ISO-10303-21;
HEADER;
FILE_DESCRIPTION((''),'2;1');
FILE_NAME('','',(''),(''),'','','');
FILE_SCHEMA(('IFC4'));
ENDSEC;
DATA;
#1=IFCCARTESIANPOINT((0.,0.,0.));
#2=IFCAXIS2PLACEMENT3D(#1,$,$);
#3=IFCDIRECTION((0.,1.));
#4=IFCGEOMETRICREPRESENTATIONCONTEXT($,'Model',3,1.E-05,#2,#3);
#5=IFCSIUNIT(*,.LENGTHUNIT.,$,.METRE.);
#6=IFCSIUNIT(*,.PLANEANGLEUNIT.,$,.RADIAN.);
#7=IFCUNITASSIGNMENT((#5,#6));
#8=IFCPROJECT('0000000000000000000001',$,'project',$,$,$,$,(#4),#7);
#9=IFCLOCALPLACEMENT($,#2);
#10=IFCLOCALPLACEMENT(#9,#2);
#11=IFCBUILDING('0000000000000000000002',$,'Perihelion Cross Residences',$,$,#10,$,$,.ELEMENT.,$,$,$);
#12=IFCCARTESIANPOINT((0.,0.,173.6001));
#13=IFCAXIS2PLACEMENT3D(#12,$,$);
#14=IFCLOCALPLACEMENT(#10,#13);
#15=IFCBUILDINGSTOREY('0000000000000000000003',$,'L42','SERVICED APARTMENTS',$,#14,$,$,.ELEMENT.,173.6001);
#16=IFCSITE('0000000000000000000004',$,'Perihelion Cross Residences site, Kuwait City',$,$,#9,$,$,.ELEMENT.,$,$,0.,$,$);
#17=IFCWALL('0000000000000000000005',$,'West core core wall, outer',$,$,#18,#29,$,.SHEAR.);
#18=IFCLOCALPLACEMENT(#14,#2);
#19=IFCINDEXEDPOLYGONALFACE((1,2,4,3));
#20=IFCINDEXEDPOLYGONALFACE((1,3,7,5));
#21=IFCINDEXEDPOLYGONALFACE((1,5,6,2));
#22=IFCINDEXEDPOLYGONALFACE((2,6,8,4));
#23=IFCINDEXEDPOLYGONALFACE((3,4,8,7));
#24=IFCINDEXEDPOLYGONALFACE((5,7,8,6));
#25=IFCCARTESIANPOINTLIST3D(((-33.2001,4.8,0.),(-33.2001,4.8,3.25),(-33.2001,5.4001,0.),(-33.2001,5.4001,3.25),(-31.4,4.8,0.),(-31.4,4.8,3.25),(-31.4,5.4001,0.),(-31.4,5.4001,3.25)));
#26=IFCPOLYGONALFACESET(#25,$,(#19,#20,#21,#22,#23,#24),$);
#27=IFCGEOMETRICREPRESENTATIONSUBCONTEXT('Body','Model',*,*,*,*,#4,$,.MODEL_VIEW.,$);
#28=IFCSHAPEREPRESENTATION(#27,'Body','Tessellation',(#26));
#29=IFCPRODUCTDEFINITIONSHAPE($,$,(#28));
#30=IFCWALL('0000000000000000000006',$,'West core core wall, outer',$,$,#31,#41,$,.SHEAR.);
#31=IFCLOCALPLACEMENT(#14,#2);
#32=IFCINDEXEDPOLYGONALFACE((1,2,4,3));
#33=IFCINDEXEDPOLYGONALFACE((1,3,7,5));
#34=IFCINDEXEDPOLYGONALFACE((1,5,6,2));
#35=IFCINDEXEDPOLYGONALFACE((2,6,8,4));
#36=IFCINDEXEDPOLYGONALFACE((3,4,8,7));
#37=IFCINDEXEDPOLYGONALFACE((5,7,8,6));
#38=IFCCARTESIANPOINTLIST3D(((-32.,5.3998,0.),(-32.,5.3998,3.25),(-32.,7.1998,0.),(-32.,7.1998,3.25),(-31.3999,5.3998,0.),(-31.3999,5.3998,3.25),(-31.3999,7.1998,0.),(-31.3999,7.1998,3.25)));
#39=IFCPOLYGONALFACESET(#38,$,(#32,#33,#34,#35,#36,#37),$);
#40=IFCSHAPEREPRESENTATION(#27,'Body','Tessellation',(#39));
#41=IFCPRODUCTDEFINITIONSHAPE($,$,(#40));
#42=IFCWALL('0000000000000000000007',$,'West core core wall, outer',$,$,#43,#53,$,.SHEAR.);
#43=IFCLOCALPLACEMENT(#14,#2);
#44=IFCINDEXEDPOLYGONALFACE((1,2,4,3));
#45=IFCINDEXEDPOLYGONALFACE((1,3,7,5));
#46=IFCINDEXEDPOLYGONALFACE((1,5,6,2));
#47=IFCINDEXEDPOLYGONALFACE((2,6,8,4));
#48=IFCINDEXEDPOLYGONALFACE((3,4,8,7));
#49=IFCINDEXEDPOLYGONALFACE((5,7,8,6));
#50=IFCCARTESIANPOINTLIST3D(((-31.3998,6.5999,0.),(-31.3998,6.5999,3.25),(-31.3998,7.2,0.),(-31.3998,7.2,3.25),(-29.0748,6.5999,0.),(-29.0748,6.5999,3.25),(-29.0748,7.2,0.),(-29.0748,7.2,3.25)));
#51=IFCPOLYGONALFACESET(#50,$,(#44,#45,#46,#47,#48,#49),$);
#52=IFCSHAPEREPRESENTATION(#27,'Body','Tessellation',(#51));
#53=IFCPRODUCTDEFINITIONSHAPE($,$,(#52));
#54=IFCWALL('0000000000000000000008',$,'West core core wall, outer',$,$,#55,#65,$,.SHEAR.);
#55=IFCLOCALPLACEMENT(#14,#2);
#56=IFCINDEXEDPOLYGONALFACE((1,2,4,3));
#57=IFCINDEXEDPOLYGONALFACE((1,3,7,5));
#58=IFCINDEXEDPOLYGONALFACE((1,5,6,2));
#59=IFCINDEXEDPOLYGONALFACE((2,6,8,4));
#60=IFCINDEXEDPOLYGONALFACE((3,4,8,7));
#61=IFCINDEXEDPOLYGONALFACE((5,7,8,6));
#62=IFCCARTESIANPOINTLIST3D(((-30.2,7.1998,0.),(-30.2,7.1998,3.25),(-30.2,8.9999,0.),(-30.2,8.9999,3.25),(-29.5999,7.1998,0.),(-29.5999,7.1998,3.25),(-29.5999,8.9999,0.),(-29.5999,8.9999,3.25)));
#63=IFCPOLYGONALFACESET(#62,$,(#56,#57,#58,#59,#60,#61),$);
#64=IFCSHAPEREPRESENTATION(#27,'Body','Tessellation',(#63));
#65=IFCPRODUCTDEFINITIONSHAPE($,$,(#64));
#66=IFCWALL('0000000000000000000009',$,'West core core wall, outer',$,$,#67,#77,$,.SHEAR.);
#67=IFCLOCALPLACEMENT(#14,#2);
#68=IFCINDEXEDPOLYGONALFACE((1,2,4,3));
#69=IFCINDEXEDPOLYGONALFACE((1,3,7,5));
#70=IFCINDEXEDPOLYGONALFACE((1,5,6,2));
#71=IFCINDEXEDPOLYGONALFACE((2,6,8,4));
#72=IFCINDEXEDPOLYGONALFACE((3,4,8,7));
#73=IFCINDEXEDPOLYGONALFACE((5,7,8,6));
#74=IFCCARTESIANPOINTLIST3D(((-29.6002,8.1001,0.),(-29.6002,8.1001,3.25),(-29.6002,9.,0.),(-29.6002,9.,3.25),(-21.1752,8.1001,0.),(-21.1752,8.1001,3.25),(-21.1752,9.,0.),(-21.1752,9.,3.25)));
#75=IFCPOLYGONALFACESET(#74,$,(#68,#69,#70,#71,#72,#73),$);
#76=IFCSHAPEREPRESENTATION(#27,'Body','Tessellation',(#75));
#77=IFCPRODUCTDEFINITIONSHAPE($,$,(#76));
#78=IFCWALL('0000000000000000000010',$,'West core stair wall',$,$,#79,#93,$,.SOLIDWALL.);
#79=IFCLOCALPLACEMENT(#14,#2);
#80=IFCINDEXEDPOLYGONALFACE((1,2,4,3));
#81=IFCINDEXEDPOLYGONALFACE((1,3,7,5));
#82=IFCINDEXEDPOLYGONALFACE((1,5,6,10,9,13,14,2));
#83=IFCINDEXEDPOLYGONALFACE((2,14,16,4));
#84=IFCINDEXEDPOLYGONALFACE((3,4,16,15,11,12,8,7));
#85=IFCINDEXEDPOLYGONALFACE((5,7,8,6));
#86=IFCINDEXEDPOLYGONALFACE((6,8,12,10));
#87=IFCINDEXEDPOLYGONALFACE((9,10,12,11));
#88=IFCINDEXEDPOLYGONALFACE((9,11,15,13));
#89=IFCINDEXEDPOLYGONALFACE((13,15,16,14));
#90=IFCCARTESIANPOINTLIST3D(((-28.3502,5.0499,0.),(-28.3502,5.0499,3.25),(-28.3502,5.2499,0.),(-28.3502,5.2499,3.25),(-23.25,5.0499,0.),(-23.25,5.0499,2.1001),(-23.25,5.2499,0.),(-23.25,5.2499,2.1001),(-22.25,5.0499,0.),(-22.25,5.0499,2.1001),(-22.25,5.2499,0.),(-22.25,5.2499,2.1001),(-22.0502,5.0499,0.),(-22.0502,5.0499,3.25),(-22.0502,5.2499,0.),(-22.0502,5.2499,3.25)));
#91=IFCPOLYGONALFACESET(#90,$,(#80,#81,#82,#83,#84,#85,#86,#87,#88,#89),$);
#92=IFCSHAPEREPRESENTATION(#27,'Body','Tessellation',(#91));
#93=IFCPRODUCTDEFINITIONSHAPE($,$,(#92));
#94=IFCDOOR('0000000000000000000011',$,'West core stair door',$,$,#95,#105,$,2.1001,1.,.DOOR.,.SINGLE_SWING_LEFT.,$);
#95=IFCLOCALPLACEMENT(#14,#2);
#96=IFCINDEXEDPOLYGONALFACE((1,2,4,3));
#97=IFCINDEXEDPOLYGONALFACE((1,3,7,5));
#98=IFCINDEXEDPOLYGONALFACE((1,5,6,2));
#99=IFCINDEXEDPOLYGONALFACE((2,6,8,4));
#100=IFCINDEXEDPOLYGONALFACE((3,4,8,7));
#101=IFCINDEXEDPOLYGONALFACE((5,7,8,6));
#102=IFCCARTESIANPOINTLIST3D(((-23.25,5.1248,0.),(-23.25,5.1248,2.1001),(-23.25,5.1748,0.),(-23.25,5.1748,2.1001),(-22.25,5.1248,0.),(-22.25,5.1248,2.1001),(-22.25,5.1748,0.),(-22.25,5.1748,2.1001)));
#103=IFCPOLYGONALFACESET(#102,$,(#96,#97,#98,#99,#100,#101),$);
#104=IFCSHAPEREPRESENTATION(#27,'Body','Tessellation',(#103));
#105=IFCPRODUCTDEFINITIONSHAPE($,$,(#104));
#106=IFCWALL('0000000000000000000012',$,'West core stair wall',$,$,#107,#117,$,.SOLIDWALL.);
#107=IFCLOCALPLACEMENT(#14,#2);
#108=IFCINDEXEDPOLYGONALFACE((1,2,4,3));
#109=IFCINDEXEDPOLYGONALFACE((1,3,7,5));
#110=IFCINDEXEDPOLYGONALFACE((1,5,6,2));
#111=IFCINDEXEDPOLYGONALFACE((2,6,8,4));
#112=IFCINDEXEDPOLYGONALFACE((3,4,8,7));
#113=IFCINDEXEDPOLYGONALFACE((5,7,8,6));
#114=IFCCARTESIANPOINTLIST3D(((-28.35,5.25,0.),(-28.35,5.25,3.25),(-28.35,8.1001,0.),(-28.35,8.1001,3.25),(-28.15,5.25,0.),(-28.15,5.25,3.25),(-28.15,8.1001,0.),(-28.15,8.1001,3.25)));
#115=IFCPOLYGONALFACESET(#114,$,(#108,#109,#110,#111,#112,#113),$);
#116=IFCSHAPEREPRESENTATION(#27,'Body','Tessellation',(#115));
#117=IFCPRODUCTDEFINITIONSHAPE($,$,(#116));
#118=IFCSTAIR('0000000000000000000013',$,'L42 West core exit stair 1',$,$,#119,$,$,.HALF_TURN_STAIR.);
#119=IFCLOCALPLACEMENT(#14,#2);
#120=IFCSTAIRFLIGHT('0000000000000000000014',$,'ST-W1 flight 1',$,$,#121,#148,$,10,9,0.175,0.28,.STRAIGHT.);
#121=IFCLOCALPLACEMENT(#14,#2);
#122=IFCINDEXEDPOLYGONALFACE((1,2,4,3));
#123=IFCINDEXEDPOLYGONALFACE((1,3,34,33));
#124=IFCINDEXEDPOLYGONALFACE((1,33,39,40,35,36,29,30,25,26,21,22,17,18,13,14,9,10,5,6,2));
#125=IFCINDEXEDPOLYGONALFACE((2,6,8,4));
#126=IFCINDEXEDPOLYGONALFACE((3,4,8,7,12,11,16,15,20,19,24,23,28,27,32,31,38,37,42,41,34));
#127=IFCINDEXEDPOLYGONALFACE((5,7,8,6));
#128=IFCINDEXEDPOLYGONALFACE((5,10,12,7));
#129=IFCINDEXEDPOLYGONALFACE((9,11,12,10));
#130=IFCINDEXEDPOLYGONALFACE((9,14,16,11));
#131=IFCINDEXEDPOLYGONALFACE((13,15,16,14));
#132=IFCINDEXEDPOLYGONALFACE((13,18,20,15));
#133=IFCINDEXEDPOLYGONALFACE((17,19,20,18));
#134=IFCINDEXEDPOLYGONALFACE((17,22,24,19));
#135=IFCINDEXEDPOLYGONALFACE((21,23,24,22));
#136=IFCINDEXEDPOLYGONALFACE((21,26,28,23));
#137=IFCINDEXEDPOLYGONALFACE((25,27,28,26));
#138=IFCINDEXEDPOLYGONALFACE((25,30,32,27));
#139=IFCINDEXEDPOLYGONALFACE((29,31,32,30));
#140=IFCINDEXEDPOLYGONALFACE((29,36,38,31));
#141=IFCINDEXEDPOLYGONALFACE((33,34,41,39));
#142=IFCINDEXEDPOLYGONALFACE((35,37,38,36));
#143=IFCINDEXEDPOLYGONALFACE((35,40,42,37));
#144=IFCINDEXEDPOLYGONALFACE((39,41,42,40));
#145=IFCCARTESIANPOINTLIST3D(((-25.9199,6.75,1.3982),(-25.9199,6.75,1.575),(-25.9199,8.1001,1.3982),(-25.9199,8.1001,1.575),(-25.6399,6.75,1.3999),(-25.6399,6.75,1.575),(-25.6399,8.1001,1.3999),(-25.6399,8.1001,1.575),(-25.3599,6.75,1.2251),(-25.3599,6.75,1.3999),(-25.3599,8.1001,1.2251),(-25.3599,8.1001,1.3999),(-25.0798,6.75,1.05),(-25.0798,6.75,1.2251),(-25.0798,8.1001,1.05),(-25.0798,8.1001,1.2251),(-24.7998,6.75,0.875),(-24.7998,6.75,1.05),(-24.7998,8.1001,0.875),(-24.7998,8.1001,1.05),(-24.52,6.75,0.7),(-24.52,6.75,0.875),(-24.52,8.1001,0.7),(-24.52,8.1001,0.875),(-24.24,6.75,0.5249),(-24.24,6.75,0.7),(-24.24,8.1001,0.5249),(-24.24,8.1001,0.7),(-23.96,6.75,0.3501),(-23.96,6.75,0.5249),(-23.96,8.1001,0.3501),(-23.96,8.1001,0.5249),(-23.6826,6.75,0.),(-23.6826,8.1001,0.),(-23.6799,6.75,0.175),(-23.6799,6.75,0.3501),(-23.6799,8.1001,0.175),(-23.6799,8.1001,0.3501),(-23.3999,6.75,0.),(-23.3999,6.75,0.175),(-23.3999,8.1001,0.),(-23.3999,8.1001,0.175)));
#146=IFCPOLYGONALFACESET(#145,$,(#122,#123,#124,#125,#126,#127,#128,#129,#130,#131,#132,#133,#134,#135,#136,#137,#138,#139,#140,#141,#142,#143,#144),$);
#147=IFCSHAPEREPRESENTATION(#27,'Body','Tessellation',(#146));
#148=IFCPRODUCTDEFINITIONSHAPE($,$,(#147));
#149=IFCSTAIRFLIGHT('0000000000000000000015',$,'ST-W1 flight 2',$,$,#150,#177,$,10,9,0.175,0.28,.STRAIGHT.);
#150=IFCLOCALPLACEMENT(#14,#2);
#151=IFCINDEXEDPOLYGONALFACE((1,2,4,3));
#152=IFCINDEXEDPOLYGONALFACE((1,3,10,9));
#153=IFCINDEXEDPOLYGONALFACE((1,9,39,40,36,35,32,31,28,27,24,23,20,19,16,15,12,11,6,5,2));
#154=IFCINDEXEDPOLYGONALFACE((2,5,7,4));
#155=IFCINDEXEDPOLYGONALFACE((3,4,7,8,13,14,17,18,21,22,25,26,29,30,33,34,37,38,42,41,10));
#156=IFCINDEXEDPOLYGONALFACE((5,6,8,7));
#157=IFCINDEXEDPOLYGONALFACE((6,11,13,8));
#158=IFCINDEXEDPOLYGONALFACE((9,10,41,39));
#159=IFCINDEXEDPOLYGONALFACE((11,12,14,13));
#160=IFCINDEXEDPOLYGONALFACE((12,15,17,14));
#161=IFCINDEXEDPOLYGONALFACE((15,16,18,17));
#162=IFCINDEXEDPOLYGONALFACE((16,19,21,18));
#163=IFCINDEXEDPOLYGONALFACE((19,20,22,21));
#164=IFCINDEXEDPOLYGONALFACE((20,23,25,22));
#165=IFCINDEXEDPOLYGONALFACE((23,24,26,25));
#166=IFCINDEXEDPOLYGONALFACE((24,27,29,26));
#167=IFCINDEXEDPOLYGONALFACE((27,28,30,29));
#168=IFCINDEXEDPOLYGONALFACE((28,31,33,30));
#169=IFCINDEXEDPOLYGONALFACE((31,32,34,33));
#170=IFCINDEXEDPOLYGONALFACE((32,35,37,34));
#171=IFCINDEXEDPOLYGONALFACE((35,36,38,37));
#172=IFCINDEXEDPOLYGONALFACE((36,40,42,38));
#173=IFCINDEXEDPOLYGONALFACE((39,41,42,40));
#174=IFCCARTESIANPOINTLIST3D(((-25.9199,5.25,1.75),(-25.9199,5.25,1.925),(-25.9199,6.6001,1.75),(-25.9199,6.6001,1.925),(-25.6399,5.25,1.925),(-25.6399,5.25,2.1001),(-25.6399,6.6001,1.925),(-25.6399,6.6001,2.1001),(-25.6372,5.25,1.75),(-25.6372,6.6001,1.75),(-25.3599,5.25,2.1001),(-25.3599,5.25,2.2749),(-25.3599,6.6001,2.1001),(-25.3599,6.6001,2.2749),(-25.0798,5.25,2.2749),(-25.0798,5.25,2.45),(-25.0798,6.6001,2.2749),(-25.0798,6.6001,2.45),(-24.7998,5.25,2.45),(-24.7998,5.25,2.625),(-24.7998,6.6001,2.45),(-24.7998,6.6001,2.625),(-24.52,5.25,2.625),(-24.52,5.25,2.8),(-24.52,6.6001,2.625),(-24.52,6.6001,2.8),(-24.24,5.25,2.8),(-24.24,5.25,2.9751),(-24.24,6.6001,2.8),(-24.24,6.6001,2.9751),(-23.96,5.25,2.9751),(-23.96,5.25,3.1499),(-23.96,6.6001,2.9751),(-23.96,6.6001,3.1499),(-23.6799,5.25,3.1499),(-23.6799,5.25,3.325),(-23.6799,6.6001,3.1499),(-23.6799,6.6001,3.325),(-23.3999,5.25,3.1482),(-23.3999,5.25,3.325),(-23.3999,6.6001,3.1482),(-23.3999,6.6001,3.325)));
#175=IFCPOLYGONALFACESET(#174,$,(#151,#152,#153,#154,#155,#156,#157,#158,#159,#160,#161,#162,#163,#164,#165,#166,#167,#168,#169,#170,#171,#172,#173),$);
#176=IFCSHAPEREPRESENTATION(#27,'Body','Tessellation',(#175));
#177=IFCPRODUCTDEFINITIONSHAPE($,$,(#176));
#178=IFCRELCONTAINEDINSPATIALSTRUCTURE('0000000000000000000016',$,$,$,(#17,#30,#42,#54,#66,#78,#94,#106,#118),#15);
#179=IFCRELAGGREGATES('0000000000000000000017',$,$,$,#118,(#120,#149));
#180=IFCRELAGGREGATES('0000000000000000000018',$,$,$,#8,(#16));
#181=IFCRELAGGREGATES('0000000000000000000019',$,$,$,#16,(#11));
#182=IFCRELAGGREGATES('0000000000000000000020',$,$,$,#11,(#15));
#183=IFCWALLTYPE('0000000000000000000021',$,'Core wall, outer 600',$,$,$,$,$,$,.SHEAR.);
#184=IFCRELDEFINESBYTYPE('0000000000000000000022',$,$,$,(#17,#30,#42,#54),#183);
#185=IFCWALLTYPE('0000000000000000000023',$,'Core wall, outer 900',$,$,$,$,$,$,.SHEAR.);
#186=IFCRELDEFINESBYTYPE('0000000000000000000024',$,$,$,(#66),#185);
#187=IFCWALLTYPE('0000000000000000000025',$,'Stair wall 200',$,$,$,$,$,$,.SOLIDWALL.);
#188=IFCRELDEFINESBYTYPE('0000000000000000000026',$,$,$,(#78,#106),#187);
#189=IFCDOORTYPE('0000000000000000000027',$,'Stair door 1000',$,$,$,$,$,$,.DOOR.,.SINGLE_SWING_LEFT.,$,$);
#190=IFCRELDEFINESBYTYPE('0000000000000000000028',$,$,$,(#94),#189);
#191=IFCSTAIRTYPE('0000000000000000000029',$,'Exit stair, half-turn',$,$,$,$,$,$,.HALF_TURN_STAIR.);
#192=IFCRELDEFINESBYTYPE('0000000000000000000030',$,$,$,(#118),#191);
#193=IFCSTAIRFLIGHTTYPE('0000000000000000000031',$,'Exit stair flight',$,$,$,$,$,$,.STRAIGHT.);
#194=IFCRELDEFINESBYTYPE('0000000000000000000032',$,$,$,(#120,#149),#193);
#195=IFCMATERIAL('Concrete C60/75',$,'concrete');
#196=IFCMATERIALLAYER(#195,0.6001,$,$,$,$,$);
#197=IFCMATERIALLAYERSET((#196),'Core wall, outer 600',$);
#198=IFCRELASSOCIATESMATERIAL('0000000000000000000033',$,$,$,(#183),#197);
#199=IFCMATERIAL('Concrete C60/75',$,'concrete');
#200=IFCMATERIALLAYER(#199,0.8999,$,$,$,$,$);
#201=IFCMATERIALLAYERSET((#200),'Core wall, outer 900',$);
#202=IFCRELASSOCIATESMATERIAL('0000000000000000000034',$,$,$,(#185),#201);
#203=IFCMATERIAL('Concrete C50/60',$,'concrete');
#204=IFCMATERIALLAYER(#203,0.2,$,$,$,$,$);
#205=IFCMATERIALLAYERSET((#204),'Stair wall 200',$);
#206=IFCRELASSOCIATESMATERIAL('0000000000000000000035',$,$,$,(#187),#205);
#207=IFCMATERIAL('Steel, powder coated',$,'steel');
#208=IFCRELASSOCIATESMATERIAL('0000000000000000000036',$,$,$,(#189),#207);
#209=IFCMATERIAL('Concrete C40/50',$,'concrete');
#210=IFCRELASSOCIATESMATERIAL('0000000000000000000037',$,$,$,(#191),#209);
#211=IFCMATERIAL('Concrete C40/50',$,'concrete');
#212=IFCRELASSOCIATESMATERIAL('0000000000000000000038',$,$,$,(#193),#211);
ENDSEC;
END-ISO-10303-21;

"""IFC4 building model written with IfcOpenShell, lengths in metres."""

from ifc_helpers import new_model, si_unit, direction, frame, frame_2d, origin, place, context, subcontext, project, spatial, polyline, rectangle, outline, extrude, material, layer, layer_set, type_object, element, fill, aggregate, save


model = new_model("IFC4")

# Units and contexts
model_context = context("Model", 3, precision=1e-05, world=origin(), true_north=direction((0.0, 1.0)))
body_context = subcontext(model_context, "Body", "Model", "MODEL_VIEW")
ifc_project = project(units=[si_unit("LENGTHUNIT", "METRE"), si_unit("PLANEANGLEUNIT", "RADIAN")], contexts=[model_context])

# Site, building, storey
site_placement = place(None, origin())
site = spatial("IfcSite", under=ifc_project, at=site_placement, Name="Perihelion Cross Residences site, Kuwait City", CompositionType="ELEMENT", RefElevation=0.0)
building_placement = place(site_placement, origin())
building = spatial("IfcBuilding", under=site, at=building_placement, Name="Perihelion Cross Residences", CompositionType="ELEMENT")
storey_placement = place(building_placement, frame((0.0, 0.0, 173.6001)))
storey = spatial("IfcBuildingStorey", under=building, at=storey_placement, Name="L42", Description="SERVICED APARTMENTS", CompositionType="ELEMENT", Elevation=173.6001)

# Walls
ifc_material_1 = material(Name="Concrete C60/75", Category="concrete")
ifc_layer_1 = layer(ifc_material_1, 0.6001)
ifc_layer_set_1 = layer_set([ifc_layer_1], Name="Core wall, outer 600")
wall_type_1 = type_object("IfcWallType", Name="Core wall, outer 600", PredefinedType="SHEAR", material=ifc_layer_set_1)
for number, where, z_axis, x_axis, name in (
    (1, (-33.2, 5.1001, 0.0), (0.0, 0.0, 1.0), (1.0, 0.0, 0.0), "West core core wall, outer"),
    (2, (-31.7, 5.3999, 0.0), (0.0, 0.0, 1.0), (0.0, 1.0, 0.0), "West core core wall, outer"),
):
    element("IfcWall", number, at=place(storey_placement, frame(where, z_axis=z_axis, x_axis=x_axis)), inside=storey, type_object=wall_type_1, Name=name, PredefinedType="SHEAR", context=body_context, shape_type="SweptSolid", body=[
        extrude(rectangle(XDim=1.8, YDim=0.6001, at=frame_2d((0.8999, 0.0))), origin(), (0.0, 0.0, 1.0), 3.25),
    ])
wall_1_placement = place(storey_placement, frame((-31.3999, 6.8999, 0.0), z_axis=(0.0, 0.0, 1.0), x_axis=(1.0, 0.0, 0.0)))
element("IfcWall", 3, at=wall_1_placement, inside=storey, type_object=wall_type_1, Name="West core core wall, outer", PredefinedType="SHEAR", context=body_context, shape_type="SweptSolid", body=[
    extrude(rectangle(XDim=2.325, YDim=0.6001, at=frame_2d((1.1626, 0.0))), origin(), (0.0, 0.0, 1.0), 3.25),
])
wall_2_placement = place(storey_placement, frame((-29.8999, 7.2, 0.0), z_axis=(0.0, 0.0, 1.0), x_axis=(0.0, 1.0, 0.0)))
element("IfcWall", 4, at=wall_2_placement, inside=storey, type_object=wall_type_1, Name="West core core wall, outer", PredefinedType="SHEAR", context=body_context, shape_type="SweptSolid", body=[
    extrude(rectangle(XDim=1.8, YDim=0.6001, at=frame_2d((0.8999, 0.0))), origin(), (0.0, 0.0, 1.0), 3.25),
])
ifc_material_2 = material(Name="Concrete C60/75", Category="concrete")
ifc_layer_2 = layer(ifc_material_2, 0.8999)
ifc_layer_set_2 = layer_set([ifc_layer_2], Name="Core wall, outer 900")
wall_type_2 = type_object("IfcWallType", Name="Core wall, outer 900", PredefinedType="SHEAR", material=ifc_layer_set_2)
wall_3_placement = place(storey_placement, frame((-29.6001, 8.55, 0.0), z_axis=(0.0, 0.0, 1.0), x_axis=(1.0, 0.0, 0.0)))
element("IfcWall", 5, at=wall_3_placement, inside=storey, type_object=wall_type_2, Name="West core core wall, outer", PredefinedType="SHEAR", context=body_context, shape_type="SweptSolid", body=[
    extrude(rectangle(XDim=8.425, YDim=0.8999, at=frame_2d((4.2124, 0.0))), origin(), (0.0, 0.0, 1.0), 3.25),
])

# Wall, opening, door
ifc_material_3 = material(Name="Concrete C50/60", Category="concrete")
ifc_layer_3 = layer(ifc_material_3, 0.2)
ifc_layer_set_3 = layer_set([ifc_layer_3], Name="Stair wall 200")
wall_type_3 = type_object("IfcWallType", Name="Stair wall 200", PredefinedType="SOLIDWALL", material=ifc_layer_set_3)
wall_4_placement = place(storey_placement, frame((-28.3501, 5.1499, 0.0), z_axis=(0.0, 0.0, 1.0), x_axis=(1.0, 0.0, 0.0)))
wall_4 = element("IfcWall", 6, at=wall_4_placement, inside=storey, type_object=wall_type_3, Name="West core stair wall", PredefinedType="SOLIDWALL", context=body_context, shape_type="SweptSolid", body=[
    extrude(rectangle(XDim=6.3, YDim=0.2, at=frame_2d((3.1499, 0.0))), origin(), (0.0, 0.0, 1.0), 3.25),
])
opening_placement = place(wall_4_placement, frame((5.1001, 0.0, 0.0)))
opening = element("IfcOpeningElement", 7, at=opening_placement, cuts=wall_4, PredefinedType="OPENING", context=body_context, shape_type="SweptSolid", body=[
    extrude(rectangle(XDim=1.0, YDim=2.1001, at=frame_2d((0.5, 1.05))), frame((0.0, 0.1099, 0.0), z_axis=(0.0, -1.0, 0.0), x_axis=(1.0, 0.0, 0.0)), (0.0, 0.0, 1.0), 0.22),
])
ifc_material_4 = material(Name="Steel, powder coated", Category="steel")
door_type = type_object("IfcDoorType", Name="Stair door 1000", OperationType="SINGLE_SWING_LEFT", PredefinedType="DOOR", material=ifc_material_4)
door_placement = place(opening_placement, origin())
door = element("IfcDoor", 8, at=door_placement, inside=storey, type_object=door_type, Name="West core stair door", OperationType="SINGLE_SWING_LEFT", OverallHeight=2.1001, OverallWidth=1.0, PredefinedType="DOOR", context=body_context, shape_type="SweptSolid", body=[
    extrude(rectangle(XDim=1.0, YDim=2.1001, at=frame_2d((0.5, 1.05))), frame((0.0, 0.0249, 0.0), z_axis=(0.0, -1.0, 0.0), x_axis=(1.0, 0.0, 0.0)), (0.0, 0.0, 1.0), 0.05),
])
fill(opening, door)

# Wall
wall_5_placement = place(storey_placement, frame((-28.25, 5.25, 0.0), z_axis=(0.0, 0.0, 1.0), x_axis=(0.0, 1.0, 0.0)))
element("IfcWall", 9, at=wall_5_placement, inside=storey, type_object=wall_type_3, Name="West core stair wall", PredefinedType="SOLIDWALL", context=body_context, shape_type="SweptSolid", body=[
    extrude(rectangle(XDim=2.8501, YDim=0.2, at=frame_2d((1.425, 0.0))), origin(), (0.0, 0.0, 1.0), 3.25),
])

# Stair, stair flights
ifc_material_5 = material(Name="Concrete C40/50", Category="concrete")
stair_type = type_object("IfcStairType", Name="Exit stair, half-turn", PredefinedType="HALF_TURN_STAIR", material=ifc_material_5)
stair_placement = place(storey_placement, origin())
stair = element("IfcStair", 10, at=stair_placement, inside=storey, type_object=stair_type, Name="L42 West core exit stair 1", PredefinedType="HALF_TURN_STAIR")
ifc_material_6 = material(Name="Concrete C40/50", Category="concrete")
stair_flight_type = type_object("IfcStairFlightType", Name="Exit stair flight", PredefinedType="STRAIGHT", material=ifc_material_6)
stair_flight_1_placement = place(storey_placement, frame((-23.3999, 7.425, 0.0), z_axis=(0.0, 0.0, 1.0), x_axis=(-1.0, 0.0, 0.0)))
stair_flight_1 = element("IfcStairFlight", 11, at=stair_flight_1_placement, type_object=stair_flight_type, Name="ST-W1 flight 1", NumberOfRisers=10, NumberOfTreads=9, PredefinedType="STRAIGHT", RiserHeight=0.175, TreadLength=0.28, context=body_context, shape_type="SweptSolid", body=[
    extrude(outline(polyline([(0.0, 0.0), (0.0, 0.175), (0.28, 0.175), (0.28, 0.3501), (0.5601, 0.3501), (0.5601, 0.5249), (0.8401, 0.5249), (0.8401, 0.7), (1.1201, 0.7), (1.1201, 0.875), (1.3999, 0.875), (1.3999, 1.05), (1.6799, 1.05), (1.6799, 1.2251), (1.96, 1.2251), (1.96, 1.3999), (2.24, 1.3999), (2.24, 1.575), (2.52, 1.575), (2.52, 1.75), (2.52, 1.3982), (0.2827, 0.0), (0.0, 0.0)])), frame((0.0, 0.675, 0.0), z_axis=(0.0, -1.0, 0.0), x_axis=(1.0, 0.0, 0.0)), (0.0, 0.0, 1.0), 1.3501),
])
stair_flight_2_placement = place(storey_placement, frame((-25.9199, 5.925, 1.75), z_axis=(0.0, 0.0, 1.0), x_axis=(1.0, 0.0, 0.0)))
stair_flight_2 = element("IfcStairFlight", 12, at=stair_flight_2_placement, type_object=stair_flight_type, Name="ST-W1 flight 2", NumberOfRisers=10, NumberOfTreads=9, PredefinedType="STRAIGHT", RiserHeight=0.175, TreadLength=0.28, context=body_context, shape_type="SweptSolid", body=[
    extrude(outline(polyline([(0.0, 0.0), (0.0, 0.175), (0.28, 0.175), (0.28, 0.3501), (0.5601, 0.3501), (0.5601, 0.5249), (0.8401, 0.5249), (0.8401, 0.7), (1.1201, 0.7), (1.1201, 0.875), (1.3999, 0.875), (1.3999, 1.05), (1.6799, 1.05), (1.6799, 1.2251), (1.96, 1.2251), (1.96, 1.3999), (2.24, 1.3999), (2.24, 1.575), (2.52, 1.575), (2.52, 1.75), (2.52, 1.3982), (0.2827, 0.0), (0.0, 0.0)])), frame((0.0, 0.675, 0.0), z_axis=(0.0, -1.0, 0.0), x_axis=(1.0, 0.0, 0.0)), (0.0, 0.0, 1.0), 1.3501),
])
aggregate(stair, [stair_flight_1, stair_flight_2])

save(model, "model.ifc")
